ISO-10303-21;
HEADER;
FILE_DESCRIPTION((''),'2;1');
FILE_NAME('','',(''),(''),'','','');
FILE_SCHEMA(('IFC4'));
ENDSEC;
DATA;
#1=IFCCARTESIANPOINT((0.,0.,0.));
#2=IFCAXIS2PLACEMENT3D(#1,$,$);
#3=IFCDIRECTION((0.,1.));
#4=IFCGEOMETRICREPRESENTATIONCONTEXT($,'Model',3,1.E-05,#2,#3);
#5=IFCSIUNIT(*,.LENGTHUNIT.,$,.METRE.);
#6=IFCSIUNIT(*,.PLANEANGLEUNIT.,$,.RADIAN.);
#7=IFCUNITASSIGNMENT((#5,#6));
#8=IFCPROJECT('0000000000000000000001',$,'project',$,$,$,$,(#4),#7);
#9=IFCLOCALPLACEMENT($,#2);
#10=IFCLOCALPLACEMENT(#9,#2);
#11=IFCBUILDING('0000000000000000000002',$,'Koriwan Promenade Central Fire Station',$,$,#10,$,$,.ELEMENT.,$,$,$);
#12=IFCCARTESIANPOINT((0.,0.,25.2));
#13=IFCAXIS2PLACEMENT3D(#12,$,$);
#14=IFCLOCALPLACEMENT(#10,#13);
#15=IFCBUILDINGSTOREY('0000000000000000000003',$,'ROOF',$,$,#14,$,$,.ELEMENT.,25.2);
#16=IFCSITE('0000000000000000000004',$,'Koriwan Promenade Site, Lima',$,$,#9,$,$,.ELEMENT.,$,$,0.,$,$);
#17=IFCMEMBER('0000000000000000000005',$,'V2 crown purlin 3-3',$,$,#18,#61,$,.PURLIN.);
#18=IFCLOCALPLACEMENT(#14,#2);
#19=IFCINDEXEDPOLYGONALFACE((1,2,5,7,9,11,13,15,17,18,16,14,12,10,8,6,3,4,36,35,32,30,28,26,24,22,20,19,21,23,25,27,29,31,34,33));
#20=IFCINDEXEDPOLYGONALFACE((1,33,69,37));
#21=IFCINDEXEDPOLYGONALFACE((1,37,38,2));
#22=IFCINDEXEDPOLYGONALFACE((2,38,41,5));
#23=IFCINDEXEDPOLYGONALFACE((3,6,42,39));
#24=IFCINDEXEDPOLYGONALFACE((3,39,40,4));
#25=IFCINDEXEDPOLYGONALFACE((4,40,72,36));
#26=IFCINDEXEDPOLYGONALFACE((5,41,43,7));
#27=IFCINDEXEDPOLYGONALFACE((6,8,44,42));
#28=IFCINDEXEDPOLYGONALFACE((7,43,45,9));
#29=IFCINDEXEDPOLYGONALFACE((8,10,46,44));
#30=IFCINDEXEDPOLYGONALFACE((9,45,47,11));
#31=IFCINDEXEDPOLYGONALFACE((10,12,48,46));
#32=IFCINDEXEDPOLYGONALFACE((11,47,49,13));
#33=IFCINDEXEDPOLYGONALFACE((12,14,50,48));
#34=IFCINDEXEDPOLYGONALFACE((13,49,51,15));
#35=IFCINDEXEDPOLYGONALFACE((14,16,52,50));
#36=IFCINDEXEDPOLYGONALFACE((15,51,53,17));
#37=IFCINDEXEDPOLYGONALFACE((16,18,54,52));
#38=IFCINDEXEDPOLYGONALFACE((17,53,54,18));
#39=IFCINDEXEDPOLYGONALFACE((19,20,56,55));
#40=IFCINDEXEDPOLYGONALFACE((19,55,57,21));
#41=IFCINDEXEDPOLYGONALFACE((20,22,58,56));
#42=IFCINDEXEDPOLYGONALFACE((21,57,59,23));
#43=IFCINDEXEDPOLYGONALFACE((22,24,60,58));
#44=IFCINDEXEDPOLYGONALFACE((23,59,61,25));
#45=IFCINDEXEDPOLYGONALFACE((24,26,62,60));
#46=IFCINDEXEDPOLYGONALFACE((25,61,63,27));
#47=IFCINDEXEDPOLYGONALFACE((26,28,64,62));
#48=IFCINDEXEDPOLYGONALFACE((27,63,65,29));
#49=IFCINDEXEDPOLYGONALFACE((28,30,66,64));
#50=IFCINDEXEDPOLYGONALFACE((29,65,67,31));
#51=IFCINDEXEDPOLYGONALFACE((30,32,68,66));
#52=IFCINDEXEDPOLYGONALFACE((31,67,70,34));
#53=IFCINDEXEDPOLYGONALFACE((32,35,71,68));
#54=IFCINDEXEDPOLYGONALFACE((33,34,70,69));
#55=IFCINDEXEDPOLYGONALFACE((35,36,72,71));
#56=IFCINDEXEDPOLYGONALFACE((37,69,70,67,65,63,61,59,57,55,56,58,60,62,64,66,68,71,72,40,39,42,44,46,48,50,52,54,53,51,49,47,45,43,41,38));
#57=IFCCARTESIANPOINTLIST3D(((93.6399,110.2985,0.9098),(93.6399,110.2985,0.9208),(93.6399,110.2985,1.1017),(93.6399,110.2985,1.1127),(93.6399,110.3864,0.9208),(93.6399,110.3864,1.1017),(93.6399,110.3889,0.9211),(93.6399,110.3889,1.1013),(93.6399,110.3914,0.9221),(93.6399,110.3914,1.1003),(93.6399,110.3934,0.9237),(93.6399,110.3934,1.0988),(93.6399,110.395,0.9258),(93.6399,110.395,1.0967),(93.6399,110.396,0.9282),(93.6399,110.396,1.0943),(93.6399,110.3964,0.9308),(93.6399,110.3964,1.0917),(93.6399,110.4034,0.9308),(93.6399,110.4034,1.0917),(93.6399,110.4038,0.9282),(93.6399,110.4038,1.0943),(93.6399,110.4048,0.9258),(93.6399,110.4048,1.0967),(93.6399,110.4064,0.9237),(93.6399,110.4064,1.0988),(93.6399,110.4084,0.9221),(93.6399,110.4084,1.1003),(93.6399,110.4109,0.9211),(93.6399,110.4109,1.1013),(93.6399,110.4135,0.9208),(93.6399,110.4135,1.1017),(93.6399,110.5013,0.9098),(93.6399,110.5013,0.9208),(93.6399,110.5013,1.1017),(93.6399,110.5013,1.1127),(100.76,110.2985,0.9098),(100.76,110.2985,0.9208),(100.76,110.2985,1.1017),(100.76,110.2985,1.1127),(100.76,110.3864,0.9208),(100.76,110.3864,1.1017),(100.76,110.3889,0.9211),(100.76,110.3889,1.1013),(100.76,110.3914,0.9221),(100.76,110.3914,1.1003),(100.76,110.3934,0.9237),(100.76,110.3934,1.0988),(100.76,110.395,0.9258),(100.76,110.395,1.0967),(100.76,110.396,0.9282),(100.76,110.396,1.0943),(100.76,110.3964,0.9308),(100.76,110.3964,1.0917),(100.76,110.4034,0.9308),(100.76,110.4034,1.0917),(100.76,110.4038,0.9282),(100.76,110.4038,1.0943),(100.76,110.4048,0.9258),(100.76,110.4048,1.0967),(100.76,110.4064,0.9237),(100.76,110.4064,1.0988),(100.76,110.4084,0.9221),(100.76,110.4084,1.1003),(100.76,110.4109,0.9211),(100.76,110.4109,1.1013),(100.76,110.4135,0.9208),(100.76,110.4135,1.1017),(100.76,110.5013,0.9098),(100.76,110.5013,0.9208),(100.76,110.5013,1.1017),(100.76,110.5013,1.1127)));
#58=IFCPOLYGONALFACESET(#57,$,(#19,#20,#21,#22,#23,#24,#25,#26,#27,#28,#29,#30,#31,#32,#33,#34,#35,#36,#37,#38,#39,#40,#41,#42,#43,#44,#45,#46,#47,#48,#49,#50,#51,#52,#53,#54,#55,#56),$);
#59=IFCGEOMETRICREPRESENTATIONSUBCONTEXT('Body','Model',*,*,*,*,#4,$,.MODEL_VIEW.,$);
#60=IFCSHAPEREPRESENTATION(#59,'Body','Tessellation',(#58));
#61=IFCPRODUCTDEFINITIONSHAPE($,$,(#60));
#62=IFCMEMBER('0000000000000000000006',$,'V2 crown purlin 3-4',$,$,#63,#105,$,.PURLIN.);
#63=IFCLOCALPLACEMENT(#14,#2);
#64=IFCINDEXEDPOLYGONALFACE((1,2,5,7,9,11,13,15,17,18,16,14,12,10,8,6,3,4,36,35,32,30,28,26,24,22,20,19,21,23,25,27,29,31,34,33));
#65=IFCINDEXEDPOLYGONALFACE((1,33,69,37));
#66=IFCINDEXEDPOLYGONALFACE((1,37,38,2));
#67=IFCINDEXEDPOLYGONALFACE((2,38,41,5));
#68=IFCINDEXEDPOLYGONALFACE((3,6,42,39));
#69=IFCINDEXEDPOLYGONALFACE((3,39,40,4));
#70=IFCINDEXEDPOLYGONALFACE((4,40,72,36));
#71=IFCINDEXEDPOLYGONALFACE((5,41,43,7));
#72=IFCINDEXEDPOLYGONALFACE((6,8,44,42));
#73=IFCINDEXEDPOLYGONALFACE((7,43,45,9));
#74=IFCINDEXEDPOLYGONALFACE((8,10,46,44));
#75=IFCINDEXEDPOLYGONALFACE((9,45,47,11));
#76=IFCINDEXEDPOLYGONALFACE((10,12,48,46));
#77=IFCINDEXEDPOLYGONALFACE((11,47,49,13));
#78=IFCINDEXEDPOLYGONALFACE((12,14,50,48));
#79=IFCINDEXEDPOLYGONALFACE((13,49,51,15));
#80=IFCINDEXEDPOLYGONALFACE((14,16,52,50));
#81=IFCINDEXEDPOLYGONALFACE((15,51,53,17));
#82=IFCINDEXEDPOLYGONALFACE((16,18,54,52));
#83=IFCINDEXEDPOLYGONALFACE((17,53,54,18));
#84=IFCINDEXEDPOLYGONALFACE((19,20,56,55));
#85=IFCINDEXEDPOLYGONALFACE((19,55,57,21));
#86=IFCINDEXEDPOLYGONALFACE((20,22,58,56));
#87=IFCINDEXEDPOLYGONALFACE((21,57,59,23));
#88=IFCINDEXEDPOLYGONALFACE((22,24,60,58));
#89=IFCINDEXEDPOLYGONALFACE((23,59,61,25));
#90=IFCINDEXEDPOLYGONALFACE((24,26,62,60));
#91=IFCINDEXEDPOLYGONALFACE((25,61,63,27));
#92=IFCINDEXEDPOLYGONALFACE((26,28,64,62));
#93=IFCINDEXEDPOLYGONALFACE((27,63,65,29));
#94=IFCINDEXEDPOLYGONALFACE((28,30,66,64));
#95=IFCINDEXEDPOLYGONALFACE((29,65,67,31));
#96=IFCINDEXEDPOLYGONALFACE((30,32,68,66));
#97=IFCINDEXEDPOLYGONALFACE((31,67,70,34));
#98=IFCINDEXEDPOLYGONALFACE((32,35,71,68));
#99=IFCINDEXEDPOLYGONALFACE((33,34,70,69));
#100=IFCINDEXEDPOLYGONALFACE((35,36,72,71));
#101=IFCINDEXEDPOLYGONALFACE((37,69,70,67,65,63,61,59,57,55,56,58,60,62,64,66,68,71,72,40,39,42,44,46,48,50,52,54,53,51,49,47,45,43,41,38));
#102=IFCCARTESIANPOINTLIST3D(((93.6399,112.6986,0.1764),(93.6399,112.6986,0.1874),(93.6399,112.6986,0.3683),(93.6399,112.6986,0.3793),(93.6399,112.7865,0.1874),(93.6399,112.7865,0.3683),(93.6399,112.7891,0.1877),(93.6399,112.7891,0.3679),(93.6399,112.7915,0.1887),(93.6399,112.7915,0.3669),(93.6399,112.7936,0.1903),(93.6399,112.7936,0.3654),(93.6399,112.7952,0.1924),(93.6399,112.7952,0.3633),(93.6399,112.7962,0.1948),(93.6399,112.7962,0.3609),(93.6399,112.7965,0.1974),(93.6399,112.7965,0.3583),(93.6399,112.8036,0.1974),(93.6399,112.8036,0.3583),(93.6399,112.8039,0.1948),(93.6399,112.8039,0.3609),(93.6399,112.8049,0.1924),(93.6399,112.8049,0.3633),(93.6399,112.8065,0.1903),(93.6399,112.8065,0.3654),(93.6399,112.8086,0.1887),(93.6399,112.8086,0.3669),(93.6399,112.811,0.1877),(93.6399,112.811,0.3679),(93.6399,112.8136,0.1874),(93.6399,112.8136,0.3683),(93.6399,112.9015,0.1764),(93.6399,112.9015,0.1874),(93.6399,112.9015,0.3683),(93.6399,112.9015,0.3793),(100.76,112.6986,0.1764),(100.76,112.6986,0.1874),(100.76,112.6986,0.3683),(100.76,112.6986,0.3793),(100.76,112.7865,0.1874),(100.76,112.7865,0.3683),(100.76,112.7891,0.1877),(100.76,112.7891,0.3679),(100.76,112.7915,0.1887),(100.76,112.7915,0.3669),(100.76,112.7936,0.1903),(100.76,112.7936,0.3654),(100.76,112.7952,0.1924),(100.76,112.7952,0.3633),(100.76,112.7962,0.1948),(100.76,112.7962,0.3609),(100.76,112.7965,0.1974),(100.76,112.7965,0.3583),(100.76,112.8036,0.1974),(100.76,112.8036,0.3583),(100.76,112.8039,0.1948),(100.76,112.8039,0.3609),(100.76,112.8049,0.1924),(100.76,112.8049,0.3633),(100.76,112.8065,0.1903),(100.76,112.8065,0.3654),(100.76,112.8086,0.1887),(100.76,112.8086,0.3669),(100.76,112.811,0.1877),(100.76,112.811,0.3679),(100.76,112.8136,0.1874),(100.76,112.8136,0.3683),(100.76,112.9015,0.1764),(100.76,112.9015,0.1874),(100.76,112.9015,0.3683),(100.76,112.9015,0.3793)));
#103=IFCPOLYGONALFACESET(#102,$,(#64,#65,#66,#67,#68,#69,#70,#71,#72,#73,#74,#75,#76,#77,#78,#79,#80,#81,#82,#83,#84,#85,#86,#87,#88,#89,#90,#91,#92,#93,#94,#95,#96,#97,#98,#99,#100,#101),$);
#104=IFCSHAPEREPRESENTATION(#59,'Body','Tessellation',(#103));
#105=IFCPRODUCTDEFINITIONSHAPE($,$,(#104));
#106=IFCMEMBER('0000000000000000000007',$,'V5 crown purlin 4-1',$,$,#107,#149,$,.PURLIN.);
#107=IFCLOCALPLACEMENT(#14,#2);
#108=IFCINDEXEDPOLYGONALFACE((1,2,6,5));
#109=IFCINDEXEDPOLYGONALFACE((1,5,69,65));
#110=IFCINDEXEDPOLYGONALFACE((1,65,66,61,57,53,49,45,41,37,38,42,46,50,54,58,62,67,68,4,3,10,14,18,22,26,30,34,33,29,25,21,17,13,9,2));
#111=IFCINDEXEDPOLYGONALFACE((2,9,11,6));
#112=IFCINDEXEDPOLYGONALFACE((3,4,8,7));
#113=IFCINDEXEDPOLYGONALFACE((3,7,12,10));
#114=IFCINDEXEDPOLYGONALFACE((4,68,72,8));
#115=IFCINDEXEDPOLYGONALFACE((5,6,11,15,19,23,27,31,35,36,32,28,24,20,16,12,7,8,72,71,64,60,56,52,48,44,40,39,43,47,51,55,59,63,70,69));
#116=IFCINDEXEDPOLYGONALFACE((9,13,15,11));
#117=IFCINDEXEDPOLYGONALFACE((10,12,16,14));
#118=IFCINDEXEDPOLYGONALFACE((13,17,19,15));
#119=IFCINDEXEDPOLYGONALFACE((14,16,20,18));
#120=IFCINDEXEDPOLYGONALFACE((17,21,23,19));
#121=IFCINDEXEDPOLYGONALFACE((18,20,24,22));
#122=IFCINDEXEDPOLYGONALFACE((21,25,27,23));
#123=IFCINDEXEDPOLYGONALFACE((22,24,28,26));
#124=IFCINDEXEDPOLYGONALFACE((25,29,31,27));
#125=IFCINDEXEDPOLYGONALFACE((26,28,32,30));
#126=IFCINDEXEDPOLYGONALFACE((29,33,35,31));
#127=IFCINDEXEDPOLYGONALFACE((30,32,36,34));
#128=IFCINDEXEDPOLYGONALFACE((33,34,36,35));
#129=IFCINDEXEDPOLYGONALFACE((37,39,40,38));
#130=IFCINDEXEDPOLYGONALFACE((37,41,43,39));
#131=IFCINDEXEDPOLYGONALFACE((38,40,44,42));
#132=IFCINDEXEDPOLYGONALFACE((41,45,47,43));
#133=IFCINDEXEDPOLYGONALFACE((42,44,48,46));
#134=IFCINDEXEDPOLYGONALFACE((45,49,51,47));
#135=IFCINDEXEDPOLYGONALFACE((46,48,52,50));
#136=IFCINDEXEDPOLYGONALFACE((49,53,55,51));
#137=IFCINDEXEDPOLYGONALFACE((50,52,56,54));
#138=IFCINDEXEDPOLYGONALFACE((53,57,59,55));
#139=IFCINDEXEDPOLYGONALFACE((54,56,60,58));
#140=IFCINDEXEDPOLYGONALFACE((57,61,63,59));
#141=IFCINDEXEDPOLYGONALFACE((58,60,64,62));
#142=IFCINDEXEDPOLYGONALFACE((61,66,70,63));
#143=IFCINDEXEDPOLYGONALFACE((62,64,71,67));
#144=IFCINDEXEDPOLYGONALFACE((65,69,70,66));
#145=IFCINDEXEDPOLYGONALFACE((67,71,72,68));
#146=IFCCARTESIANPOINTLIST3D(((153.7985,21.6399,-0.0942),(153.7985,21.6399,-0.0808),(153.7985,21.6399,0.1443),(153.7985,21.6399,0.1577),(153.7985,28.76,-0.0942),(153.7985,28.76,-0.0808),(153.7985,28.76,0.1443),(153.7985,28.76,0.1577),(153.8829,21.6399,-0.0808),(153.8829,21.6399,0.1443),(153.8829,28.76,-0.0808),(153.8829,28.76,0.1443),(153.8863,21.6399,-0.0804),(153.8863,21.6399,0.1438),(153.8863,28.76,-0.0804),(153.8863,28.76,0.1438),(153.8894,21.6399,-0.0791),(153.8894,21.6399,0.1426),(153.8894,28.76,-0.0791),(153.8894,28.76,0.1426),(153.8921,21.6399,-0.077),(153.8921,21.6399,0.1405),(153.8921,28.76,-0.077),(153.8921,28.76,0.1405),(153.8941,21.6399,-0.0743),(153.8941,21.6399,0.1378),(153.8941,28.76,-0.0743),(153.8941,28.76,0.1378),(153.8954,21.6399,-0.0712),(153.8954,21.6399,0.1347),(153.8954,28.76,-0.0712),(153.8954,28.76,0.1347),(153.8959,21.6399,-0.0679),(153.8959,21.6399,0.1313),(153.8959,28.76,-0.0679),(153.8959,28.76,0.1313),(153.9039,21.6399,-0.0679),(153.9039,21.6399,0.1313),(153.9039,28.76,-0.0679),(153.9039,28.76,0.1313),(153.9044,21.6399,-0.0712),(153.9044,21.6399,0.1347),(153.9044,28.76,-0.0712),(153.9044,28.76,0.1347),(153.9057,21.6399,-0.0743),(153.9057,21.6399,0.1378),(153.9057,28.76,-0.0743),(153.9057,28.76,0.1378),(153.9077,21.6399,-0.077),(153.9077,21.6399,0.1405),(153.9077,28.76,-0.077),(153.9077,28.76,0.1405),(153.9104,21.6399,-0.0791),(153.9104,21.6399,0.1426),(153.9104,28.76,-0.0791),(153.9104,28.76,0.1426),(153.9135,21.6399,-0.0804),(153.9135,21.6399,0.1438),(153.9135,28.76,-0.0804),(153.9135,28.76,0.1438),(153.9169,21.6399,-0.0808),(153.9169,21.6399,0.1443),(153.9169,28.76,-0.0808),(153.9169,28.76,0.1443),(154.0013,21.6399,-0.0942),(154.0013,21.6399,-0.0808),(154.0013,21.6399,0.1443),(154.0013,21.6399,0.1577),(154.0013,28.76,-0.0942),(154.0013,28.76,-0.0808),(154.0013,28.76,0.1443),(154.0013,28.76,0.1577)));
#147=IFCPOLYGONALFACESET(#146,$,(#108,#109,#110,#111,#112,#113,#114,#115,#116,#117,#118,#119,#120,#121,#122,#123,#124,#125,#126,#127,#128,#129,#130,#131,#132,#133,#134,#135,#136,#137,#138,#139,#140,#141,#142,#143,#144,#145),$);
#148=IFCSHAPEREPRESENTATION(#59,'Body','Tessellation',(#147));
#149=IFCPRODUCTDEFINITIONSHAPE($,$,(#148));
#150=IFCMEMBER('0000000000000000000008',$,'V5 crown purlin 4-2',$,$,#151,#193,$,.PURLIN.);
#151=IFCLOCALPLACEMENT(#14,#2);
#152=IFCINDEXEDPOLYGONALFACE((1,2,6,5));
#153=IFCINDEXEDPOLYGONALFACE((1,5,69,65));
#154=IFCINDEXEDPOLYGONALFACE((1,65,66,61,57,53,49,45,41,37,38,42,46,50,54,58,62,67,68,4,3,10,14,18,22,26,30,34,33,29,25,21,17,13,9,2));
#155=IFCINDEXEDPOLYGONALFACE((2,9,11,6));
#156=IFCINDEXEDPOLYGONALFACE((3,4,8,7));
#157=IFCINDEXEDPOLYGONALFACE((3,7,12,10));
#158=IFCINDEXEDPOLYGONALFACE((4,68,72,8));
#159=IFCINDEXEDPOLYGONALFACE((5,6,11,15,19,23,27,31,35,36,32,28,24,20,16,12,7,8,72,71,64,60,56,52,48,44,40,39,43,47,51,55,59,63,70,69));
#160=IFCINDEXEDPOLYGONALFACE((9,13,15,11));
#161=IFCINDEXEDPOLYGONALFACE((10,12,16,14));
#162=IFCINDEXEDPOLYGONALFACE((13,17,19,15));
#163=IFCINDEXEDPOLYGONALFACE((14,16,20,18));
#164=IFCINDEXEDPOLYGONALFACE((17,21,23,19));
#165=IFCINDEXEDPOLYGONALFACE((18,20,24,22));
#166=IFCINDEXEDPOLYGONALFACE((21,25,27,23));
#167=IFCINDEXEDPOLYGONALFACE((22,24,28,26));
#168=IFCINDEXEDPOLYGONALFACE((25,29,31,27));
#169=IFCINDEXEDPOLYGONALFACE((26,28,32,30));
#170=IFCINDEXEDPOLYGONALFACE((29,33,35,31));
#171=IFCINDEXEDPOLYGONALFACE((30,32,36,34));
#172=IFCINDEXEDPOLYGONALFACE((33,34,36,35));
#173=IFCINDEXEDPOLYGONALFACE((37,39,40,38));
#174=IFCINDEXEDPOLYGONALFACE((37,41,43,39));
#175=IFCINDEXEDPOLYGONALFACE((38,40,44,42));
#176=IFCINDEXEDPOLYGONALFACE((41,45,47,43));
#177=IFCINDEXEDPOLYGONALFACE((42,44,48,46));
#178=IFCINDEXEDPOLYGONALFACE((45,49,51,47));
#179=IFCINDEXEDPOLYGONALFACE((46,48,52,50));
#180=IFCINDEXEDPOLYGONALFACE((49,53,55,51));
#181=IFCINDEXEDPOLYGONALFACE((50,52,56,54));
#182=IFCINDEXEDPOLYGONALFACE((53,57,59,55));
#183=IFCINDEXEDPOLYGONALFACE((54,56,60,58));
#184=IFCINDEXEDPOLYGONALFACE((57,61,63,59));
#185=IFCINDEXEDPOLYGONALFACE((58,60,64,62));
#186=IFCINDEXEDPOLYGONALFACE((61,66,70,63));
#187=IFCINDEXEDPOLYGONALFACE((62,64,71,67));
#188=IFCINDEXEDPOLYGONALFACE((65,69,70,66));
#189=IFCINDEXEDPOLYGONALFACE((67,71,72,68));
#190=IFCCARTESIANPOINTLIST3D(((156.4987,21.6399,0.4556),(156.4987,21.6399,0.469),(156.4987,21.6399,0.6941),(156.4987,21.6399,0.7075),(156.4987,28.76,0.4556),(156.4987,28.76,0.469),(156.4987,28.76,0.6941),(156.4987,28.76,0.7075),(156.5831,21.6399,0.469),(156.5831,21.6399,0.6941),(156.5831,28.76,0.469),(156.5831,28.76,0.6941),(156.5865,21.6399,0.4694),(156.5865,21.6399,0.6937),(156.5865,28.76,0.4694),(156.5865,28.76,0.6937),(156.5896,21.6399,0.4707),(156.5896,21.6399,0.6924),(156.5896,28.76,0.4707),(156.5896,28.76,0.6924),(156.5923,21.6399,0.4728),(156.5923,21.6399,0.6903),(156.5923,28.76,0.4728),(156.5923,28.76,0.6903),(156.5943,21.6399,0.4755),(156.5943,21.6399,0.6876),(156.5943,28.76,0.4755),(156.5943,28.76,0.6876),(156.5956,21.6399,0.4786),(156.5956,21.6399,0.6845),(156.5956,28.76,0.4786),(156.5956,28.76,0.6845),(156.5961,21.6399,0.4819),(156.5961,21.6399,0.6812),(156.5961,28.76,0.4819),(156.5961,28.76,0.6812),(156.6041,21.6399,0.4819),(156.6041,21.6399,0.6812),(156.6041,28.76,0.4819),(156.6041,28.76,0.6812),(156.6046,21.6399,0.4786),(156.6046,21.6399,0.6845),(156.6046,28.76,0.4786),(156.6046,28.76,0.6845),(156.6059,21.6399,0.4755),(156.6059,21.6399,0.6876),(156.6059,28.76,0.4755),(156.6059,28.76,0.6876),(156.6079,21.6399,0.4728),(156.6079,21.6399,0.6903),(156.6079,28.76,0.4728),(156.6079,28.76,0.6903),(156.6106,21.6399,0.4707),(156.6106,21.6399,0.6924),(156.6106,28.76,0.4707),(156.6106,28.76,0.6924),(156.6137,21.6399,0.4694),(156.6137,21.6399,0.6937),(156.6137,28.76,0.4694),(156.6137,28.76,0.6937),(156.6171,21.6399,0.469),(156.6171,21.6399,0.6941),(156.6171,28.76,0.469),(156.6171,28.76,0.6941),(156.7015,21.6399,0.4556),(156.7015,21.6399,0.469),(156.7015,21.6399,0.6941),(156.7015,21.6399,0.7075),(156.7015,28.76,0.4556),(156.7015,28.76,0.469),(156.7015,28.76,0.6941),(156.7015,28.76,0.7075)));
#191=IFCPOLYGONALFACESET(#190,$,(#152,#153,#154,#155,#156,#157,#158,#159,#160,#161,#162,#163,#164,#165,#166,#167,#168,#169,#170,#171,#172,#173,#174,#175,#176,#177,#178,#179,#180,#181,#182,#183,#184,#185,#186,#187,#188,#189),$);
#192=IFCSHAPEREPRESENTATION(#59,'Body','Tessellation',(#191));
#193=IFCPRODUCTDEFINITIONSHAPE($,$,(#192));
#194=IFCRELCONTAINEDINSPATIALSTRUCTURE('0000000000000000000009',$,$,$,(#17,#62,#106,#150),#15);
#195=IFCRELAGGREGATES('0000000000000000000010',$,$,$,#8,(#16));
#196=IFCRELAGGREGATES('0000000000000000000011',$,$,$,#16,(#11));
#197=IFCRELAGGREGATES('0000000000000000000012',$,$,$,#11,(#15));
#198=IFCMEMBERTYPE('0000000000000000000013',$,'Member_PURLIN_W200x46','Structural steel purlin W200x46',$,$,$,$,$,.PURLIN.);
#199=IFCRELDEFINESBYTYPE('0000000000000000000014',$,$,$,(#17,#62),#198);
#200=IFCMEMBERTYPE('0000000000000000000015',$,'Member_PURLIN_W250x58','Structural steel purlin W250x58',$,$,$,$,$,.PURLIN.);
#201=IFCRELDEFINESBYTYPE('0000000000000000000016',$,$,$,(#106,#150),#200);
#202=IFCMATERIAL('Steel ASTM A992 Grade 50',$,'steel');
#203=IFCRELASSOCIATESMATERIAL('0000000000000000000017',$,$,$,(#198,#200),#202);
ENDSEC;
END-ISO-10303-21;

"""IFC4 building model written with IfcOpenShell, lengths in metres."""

from ifc_helpers import new_model, si_unit, direction, frame, origin, origin_2d, place, context, subcontext, project, spatial, i_section, extrude, material, material_profile, profile_set, type_object, element, save


model = new_model("IFC4")

# Units and contexts
model_context = context("Model", 3, precision=1e-05, world=origin(), true_north=direction((0.0, 1.0)))
body_context = subcontext(model_context, "Body", "Model", "MODEL_VIEW")
ifc_project = project(units=[si_unit("LENGTHUNIT", "METRE"), si_unit("PLANEANGLEUNIT", "RADIAN")], contexts=[model_context])

# Site, building, storey
site_placement = place(None, origin())
site = spatial("IfcSite", under=ifc_project, at=site_placement, Name="Koriwan Promenade Site, Lima", CompositionType="ELEMENT", RefElevation=0.0)
building_placement = place(site_placement, origin())
building = spatial("IfcBuilding", under=site, at=building_placement, Name="Koriwan Promenade Central Fire Station", CompositionType="ELEMENT")
storey_placement = place(building_placement, frame((0.0, 0.0, 25.2)))
storey = spatial("IfcBuildingStorey", under=building, at=storey_placement, Name="ROOF", CompositionType="ELEMENT", Elevation=25.2)

# Members
ifc_material_1 = material(Name="Steel ASTM A992 Grade 50", Category="steel")
ifc_material_profile_1 = material_profile(ifc_material_1, i_section(OverallWidth=0.2029, OverallDepth=0.2029, WebThickness=0.0071, FlangeThickness=0.011, FilletRadius=0.01, at=origin_2d()), Name="W200x46")
ifc_profile_set_1 = profile_set([ifc_material_profile_1], Name="Steel ASTM A992 Grade 50")
member_type_1 = type_object("IfcMemberType", Name="Member_PURLIN_W200x46", Description="Structural steel purlin W200x46", PredefinedType="PURLIN", material=ifc_profile_set_1)
for number, where, z_axis, x_axis, name in (
    (1, (93.6399, 110.3999, 1.0112), (1.0, 0.0, 0.0), (0.0, 1.0, 0.0), "V2 crown purlin 3-3"),
    (2, (93.6399, 112.8, 0.2778), (1.0, 0.0, 0.0), (0.0, 1.0, 0.0), "V2 crown purlin 3-4"),
):
    element("IfcMember", number, at=place(storey_placement, frame(where, z_axis=z_axis, x_axis=x_axis)), inside=storey, type_object=member_type_1, Name=name, PredefinedType="PURLIN", context=body_context, shape_type="SweptSolid", body=[
        extrude(i_section(OverallWidth=0.2029, OverallDepth=0.2029, WebThickness=0.0071, FlangeThickness=0.011, FilletRadius=0.01, at=origin_2d()), origin(), (0.0, 0.0, 1.0), 7.1201),
    ])
ifc_material_profile_2 = material_profile(ifc_material_1, i_section(OverallWidth=0.2029, OverallDepth=0.252, WebThickness=0.0081, FlangeThickness=0.0134, FilletRadius=0.0129, at=origin_2d()), Name="W250x58")
ifc_profile_set_2 = profile_set([ifc_material_profile_2], Name="Steel ASTM A992 Grade 50")
member_type_2 = type_object("IfcMemberType", Name="Member_PURLIN_W250x58", Description="Structural steel purlin W250x58", PredefinedType="PURLIN", material=ifc_profile_set_2)
for number, where, z_axis, x_axis, name in (
    (3, (153.8999, 21.6399, 0.0317), (0.0, 1.0, 0.0), (-1.0, 0.0, 0.0), "V5 crown purlin 4-1"),
    (4, (156.6001, 21.6399, 0.5815), (0.0, 1.0, 0.0), (-1.0, 0.0, 0.0), "V5 crown purlin 4-2"),
):
    element("IfcMember", number, at=place(storey_placement, frame(where, z_axis=z_axis, x_axis=x_axis)), inside=storey, type_object=member_type_2, Name=name, PredefinedType="PURLIN", context=body_context, shape_type="SweptSolid", body=[
        extrude(i_section(OverallWidth=0.2029, OverallDepth=0.252, WebThickness=0.0081, FlangeThickness=0.0134, FilletRadius=0.0129, at=origin_2d()), origin(), (0.0, 0.0, 1.0), 7.1201),
    ])

save(model, "model.ifc")
